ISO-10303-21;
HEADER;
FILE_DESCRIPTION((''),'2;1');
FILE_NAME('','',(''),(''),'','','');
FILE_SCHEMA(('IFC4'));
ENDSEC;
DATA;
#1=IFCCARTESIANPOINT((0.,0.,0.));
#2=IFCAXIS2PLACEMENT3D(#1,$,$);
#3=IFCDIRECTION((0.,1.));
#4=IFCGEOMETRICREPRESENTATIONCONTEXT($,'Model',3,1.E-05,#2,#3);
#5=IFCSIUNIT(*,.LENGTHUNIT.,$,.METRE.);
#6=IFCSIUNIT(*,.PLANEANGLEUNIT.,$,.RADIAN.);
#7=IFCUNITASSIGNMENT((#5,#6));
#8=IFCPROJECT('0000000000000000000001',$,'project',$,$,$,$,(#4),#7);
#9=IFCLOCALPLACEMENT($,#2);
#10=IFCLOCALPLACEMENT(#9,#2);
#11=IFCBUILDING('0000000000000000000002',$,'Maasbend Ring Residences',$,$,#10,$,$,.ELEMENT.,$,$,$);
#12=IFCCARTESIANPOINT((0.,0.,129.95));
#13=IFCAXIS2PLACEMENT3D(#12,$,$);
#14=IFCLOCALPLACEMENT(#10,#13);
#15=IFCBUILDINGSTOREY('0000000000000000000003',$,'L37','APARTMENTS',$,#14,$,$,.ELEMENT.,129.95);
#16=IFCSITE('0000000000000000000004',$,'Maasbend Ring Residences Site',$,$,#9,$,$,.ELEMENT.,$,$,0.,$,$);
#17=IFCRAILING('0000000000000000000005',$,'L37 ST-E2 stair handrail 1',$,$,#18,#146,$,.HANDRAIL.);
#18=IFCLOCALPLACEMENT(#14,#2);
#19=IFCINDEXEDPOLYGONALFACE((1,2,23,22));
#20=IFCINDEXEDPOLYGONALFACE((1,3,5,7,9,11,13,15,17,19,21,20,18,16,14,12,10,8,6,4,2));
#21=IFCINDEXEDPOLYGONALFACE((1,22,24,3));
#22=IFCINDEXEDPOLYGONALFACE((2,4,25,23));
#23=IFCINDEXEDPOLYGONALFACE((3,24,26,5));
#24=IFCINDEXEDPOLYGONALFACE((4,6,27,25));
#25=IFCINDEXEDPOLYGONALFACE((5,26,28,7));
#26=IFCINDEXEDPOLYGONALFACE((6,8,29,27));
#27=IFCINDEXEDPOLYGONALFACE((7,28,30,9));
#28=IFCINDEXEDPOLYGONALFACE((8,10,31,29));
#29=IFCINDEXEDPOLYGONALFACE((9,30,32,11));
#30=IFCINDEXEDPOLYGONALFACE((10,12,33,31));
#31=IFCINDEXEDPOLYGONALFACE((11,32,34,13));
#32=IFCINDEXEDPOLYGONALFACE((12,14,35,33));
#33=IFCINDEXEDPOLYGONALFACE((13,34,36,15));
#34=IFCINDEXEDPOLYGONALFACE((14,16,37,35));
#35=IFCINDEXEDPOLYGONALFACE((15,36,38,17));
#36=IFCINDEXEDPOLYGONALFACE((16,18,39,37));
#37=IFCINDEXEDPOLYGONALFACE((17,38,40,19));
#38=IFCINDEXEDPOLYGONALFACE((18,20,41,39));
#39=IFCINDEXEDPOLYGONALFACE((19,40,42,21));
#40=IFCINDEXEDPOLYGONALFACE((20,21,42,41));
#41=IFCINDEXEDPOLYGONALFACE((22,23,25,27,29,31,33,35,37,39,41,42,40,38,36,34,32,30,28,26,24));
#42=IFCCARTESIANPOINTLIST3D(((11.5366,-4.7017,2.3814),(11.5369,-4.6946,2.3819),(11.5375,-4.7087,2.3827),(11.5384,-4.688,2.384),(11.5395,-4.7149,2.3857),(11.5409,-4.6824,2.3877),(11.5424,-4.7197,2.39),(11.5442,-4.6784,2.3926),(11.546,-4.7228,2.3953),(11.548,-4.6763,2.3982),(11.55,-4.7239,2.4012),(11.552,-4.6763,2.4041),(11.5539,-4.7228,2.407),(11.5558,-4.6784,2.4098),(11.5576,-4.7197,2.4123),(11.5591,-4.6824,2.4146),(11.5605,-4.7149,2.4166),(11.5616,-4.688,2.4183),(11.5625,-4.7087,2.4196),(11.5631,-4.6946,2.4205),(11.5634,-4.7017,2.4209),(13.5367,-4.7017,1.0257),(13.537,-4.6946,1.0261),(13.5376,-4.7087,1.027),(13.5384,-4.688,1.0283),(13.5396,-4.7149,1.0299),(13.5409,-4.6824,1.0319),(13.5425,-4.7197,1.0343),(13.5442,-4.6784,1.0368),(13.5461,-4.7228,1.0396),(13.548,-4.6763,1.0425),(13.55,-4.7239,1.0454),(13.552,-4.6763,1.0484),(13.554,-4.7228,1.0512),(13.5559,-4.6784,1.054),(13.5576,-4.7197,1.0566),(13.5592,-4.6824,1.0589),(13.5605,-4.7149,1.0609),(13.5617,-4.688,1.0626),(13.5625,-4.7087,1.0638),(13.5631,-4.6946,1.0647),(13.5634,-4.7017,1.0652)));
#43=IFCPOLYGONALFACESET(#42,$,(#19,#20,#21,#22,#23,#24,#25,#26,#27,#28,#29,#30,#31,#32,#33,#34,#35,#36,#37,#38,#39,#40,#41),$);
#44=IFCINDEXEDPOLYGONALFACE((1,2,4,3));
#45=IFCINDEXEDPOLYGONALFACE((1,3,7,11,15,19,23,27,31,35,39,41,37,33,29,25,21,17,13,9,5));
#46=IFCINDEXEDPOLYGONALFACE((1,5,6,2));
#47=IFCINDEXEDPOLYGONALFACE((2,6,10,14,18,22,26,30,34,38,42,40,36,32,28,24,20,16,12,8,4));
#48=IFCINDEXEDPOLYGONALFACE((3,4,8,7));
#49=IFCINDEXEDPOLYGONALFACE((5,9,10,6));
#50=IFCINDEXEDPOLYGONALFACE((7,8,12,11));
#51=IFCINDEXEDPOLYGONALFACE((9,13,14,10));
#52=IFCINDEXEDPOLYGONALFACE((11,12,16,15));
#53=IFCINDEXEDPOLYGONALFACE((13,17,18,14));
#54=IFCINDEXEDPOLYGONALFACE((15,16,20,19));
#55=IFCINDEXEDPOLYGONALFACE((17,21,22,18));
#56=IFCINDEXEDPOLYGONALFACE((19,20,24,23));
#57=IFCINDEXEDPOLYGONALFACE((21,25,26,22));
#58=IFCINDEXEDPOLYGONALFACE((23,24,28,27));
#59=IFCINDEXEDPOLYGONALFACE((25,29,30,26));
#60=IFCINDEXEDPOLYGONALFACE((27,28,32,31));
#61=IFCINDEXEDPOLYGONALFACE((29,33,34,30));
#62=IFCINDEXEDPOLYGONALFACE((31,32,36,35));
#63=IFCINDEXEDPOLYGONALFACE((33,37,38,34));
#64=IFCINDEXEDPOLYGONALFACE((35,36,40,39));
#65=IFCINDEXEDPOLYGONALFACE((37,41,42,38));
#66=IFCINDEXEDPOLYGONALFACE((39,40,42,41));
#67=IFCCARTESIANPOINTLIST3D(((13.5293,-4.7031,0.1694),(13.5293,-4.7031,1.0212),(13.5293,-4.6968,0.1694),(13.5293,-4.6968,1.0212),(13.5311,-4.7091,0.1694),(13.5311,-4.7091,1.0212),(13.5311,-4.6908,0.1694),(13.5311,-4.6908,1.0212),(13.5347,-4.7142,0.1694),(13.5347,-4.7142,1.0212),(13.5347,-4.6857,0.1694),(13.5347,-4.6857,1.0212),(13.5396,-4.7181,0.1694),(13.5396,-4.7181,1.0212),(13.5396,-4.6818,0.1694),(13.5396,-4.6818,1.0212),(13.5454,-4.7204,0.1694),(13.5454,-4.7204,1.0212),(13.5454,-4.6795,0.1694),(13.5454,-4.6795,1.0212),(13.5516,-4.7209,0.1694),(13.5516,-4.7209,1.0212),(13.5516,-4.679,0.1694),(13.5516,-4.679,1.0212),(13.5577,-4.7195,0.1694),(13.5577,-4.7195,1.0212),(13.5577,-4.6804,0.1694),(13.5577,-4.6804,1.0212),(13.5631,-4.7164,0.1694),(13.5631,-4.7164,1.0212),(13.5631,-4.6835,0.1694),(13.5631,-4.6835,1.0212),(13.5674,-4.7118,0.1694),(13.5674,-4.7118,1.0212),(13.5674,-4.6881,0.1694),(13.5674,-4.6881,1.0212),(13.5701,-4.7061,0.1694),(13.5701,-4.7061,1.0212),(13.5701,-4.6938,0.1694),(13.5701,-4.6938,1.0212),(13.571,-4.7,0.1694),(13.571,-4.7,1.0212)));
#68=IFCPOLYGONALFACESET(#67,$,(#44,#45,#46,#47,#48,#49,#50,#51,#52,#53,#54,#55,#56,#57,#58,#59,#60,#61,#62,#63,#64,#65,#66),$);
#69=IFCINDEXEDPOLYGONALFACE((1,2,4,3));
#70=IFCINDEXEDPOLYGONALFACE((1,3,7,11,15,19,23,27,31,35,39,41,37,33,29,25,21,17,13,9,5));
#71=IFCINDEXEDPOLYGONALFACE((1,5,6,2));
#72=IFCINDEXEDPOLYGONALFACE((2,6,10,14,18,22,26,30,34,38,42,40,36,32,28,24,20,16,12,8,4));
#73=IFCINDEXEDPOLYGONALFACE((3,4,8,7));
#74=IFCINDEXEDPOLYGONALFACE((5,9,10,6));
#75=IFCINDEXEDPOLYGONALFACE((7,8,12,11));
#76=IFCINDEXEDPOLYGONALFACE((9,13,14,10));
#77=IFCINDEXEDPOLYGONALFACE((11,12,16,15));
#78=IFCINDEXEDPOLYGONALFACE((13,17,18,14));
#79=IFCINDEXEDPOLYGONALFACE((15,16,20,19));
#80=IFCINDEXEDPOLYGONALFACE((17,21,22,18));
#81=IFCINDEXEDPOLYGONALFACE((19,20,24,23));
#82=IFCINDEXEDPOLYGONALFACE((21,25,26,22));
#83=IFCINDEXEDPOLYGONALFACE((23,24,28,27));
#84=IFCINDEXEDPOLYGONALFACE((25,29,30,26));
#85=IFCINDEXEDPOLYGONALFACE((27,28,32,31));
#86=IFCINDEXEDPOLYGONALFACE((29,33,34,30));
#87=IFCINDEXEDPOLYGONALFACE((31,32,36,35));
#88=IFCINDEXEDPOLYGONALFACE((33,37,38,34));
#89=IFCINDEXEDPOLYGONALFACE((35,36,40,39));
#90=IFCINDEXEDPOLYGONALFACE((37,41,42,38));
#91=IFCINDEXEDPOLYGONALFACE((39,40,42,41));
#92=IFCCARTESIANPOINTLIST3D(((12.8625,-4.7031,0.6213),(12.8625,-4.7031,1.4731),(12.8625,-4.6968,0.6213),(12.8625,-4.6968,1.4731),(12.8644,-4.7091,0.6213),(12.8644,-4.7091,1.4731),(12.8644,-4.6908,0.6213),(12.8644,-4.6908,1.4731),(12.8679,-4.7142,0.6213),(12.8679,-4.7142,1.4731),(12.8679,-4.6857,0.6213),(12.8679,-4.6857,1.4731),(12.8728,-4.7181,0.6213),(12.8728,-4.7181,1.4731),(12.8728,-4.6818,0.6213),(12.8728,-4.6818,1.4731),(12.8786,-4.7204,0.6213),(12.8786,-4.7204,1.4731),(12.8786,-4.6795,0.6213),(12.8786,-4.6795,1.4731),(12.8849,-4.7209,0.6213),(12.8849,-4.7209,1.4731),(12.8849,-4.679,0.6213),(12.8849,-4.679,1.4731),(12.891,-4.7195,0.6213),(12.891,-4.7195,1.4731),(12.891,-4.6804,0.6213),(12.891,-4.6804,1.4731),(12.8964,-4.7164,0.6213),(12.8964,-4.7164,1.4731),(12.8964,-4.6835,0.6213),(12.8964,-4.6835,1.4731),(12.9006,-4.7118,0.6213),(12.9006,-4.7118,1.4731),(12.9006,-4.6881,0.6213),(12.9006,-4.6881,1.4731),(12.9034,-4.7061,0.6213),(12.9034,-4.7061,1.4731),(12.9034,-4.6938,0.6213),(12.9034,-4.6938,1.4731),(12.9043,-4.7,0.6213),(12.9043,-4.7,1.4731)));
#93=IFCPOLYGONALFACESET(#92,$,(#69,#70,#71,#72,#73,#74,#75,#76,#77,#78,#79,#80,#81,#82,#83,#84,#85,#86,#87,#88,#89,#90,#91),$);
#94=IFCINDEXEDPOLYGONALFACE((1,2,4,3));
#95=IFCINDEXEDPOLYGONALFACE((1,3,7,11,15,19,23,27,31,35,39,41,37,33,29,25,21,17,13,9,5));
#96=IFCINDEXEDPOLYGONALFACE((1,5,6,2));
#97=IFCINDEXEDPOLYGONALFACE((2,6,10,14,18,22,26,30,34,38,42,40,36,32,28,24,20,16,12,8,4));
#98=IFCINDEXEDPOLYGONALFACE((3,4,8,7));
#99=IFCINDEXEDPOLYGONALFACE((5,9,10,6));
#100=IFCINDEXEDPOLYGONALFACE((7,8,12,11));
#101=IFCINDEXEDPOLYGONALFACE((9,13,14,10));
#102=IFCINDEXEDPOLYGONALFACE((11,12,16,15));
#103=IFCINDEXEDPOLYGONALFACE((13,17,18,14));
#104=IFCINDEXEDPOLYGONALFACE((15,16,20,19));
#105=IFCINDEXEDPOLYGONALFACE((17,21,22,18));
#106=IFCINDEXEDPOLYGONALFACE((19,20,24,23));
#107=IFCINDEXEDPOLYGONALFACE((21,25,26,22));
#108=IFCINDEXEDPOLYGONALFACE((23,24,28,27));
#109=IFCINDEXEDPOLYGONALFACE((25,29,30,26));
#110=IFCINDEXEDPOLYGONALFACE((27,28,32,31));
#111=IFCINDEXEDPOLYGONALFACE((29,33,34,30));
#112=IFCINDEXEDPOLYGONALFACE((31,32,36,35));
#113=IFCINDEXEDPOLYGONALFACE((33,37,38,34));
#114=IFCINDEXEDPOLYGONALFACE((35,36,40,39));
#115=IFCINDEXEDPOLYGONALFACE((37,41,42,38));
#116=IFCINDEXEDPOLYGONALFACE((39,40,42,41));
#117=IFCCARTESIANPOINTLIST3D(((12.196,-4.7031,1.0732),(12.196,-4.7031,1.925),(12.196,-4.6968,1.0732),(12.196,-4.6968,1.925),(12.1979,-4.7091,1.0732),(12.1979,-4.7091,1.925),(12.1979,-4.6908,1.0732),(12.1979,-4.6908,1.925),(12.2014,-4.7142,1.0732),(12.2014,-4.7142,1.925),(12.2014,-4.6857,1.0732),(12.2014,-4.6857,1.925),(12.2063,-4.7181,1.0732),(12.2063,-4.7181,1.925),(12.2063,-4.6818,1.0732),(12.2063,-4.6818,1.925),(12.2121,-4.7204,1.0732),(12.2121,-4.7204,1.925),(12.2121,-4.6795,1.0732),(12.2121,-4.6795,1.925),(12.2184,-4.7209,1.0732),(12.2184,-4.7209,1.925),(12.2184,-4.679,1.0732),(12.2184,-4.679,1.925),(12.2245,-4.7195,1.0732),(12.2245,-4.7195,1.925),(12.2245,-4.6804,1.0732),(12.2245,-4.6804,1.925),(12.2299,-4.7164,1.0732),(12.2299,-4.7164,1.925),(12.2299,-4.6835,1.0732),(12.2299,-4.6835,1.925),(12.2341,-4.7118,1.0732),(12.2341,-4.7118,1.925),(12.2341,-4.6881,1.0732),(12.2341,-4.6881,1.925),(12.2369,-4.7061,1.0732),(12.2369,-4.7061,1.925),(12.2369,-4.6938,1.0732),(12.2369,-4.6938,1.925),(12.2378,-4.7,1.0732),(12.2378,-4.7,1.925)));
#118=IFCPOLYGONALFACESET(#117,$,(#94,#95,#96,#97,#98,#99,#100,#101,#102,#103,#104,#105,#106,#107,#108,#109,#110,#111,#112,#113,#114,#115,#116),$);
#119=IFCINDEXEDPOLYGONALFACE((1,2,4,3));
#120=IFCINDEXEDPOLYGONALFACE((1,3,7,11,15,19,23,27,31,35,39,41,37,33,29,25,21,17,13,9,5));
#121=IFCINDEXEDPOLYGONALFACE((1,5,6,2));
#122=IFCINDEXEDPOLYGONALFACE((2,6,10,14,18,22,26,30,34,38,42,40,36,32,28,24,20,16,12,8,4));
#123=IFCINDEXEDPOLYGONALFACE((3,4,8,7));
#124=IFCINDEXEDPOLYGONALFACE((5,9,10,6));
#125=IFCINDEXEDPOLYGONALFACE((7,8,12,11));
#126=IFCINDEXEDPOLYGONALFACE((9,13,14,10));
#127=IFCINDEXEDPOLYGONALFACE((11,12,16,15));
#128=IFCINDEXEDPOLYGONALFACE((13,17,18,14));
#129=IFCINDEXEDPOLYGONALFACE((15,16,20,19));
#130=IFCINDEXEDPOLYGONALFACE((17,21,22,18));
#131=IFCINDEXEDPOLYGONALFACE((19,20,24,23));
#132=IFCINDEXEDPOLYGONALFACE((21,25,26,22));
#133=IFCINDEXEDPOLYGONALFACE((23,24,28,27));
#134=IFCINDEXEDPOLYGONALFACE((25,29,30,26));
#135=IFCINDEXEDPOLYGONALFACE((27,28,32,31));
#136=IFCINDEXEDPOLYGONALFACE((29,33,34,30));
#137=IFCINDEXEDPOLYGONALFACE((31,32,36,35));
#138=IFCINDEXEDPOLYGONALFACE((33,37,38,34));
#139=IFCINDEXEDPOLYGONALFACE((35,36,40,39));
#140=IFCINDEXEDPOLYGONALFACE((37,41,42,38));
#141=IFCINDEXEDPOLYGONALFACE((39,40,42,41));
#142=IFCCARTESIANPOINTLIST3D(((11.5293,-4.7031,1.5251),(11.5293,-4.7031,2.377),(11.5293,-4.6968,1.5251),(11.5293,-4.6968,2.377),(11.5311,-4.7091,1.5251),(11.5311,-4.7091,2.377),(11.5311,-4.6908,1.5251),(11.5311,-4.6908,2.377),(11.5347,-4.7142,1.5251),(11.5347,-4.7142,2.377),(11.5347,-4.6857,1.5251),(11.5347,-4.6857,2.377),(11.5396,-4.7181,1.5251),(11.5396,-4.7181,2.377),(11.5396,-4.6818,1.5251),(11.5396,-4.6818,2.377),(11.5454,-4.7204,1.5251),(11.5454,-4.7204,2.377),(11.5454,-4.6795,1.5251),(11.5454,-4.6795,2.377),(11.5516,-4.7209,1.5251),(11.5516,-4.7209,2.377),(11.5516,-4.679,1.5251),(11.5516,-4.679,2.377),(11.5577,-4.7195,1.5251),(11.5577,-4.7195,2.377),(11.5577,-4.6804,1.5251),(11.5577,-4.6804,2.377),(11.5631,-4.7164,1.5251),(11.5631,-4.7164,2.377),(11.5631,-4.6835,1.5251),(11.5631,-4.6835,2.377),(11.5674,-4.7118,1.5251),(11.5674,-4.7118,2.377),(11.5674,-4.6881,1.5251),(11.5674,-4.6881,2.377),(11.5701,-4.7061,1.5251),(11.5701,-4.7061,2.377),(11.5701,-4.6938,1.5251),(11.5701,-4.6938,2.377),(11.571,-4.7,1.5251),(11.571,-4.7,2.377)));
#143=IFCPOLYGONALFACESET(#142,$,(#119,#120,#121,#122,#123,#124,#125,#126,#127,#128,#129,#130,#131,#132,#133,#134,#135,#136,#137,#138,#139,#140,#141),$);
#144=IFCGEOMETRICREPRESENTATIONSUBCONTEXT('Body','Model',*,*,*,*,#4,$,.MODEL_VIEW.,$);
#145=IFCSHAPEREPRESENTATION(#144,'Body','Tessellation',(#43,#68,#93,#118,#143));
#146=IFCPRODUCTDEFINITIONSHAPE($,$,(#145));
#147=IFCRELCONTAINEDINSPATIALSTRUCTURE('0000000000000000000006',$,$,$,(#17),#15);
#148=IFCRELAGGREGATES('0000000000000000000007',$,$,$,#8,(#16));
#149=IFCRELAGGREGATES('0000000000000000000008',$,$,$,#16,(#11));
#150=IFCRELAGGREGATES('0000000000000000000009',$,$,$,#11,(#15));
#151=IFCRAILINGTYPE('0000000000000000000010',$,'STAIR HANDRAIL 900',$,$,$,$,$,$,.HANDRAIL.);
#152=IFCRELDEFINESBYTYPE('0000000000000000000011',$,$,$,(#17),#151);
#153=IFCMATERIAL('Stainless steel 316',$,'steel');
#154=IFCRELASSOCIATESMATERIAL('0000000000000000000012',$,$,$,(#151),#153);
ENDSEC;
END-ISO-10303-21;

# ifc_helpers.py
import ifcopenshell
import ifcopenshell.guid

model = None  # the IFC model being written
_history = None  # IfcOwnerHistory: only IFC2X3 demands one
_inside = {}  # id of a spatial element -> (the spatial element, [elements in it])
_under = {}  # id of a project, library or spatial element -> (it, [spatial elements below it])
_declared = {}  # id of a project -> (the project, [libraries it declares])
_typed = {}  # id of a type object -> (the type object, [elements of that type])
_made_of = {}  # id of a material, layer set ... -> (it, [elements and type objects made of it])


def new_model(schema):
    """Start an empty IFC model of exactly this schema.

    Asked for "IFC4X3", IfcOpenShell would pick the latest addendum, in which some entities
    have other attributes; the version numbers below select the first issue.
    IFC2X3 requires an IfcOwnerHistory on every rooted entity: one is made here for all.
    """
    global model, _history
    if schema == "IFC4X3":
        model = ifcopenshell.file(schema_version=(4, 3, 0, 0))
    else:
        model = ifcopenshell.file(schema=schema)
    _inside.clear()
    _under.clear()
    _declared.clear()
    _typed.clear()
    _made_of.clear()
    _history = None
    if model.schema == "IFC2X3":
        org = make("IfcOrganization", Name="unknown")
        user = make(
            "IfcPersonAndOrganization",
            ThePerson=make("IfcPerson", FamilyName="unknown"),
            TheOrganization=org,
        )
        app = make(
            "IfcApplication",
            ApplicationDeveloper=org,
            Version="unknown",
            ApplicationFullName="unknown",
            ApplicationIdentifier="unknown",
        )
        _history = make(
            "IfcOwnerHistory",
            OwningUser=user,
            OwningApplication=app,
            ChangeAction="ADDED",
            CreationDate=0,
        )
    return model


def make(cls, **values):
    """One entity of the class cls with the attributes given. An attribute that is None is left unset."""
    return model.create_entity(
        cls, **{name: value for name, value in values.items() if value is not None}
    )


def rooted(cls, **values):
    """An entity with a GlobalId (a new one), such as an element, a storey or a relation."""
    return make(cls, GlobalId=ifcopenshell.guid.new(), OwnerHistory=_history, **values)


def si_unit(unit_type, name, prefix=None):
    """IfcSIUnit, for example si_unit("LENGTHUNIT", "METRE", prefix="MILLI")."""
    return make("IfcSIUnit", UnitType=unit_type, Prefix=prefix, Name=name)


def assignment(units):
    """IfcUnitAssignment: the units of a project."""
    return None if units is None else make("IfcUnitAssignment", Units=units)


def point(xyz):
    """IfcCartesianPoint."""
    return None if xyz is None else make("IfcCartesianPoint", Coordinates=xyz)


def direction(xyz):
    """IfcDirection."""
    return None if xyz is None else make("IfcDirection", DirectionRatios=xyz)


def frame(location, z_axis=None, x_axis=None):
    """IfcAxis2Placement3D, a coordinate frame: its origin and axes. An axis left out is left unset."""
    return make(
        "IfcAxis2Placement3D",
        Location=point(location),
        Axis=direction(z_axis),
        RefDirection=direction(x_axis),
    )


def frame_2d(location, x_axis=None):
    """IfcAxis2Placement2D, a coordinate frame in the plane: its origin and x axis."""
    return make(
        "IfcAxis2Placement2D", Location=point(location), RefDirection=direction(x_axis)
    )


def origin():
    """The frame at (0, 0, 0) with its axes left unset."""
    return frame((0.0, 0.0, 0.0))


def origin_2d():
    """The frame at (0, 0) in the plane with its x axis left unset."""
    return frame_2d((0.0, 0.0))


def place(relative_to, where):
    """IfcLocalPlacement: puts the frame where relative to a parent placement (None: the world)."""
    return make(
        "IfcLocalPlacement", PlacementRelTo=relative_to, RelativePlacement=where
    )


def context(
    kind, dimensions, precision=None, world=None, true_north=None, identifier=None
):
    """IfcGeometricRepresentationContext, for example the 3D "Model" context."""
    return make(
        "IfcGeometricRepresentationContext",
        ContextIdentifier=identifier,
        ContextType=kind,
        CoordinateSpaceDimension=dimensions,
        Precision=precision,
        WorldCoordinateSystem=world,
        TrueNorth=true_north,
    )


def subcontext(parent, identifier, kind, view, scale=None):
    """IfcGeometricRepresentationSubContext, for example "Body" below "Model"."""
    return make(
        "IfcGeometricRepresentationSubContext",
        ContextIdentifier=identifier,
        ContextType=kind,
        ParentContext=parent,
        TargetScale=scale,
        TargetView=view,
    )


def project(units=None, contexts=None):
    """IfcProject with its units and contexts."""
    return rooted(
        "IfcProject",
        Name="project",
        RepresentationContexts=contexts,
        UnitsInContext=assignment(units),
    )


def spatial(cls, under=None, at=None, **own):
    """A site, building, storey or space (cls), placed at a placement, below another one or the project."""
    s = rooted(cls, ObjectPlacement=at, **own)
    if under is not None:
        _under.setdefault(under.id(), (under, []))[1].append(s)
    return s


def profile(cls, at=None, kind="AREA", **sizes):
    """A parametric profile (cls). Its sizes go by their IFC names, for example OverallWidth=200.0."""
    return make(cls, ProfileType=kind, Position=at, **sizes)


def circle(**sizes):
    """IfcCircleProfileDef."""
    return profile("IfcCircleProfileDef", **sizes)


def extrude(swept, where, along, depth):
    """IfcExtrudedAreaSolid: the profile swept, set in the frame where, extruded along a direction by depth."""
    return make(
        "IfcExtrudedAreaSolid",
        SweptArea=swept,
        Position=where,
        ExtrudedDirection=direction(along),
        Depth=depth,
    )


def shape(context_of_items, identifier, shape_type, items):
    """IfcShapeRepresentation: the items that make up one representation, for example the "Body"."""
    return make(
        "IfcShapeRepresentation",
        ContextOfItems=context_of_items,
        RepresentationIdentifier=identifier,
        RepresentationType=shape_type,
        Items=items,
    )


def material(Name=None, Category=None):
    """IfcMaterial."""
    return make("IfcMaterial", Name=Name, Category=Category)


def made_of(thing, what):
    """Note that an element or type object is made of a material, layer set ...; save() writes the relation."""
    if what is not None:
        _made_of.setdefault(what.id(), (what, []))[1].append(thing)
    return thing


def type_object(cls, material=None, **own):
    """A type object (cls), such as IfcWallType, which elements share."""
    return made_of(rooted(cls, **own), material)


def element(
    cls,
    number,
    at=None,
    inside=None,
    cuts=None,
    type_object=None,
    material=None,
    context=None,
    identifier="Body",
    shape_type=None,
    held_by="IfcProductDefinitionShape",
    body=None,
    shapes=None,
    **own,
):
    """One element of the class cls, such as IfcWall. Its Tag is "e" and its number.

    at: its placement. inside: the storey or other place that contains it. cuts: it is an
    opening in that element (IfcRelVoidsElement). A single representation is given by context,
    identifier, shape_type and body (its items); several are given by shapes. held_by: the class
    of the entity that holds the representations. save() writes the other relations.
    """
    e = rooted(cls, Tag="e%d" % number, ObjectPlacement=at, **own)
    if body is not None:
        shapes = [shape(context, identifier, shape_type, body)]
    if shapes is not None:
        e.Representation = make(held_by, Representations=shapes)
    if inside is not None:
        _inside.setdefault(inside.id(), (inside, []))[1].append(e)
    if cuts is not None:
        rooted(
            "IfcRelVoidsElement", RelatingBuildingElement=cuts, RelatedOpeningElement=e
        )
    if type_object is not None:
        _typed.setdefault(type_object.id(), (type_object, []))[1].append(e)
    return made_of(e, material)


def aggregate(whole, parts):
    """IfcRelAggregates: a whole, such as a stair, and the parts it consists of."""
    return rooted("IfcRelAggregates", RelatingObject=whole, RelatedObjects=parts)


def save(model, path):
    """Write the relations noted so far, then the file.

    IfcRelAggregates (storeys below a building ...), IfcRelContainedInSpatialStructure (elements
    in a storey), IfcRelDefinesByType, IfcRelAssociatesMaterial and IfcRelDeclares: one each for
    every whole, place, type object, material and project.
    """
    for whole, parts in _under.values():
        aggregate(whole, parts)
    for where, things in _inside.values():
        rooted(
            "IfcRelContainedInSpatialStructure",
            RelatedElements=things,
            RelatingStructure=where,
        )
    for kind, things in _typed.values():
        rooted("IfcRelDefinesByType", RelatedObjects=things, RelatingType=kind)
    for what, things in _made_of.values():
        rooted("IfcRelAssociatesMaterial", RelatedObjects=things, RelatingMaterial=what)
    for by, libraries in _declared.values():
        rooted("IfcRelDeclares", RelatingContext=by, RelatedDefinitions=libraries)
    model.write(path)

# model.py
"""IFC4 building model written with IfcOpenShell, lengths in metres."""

from ifc_helpers import new_model, si_unit, direction, frame, origin, origin_2d, place, context, subcontext, project, spatial, circle, extrude, material, type_object, element, save


model = new_model("IFC4")

# Units and contexts
model_context = context("Model", 3, precision=1e-05, world=origin(), true_north=direction((0.0, 1.0)))
body_context = subcontext(model_context, "Body", "Model", "MODEL_VIEW")
ifc_project = project(units=[si_unit("LENGTHUNIT", "METRE"), si_unit("PLANEANGLEUNIT", "RADIAN")], contexts=[model_context])

# Site, building, storey
site_placement = place(None, origin())
site = spatial("IfcSite", under=ifc_project, at=site_placement, Name="Maasbend Ring Residences Site", CompositionType="ELEMENT", RefElevation=0.0)
building_placement = place(site_placement, origin())
building = spatial("IfcBuilding", under=site, at=building_placement, Name="Maasbend Ring Residences", CompositionType="ELEMENT")
storey_placement = place(building_placement, frame((0.0, 0.0, 129.95)))
storey = spatial("IfcBuildingStorey", under=building, at=storey_placement, Name="L37", Description="APARTMENTS", CompositionType="ELEMENT", Elevation=129.95)

# Railing
ifc_material_1 = material(Name="Stainless steel 316", Category="steel")
railing_type = type_object("IfcRailingType", Name="STAIR HANDRAIL 900", PredefinedType="HANDRAIL", material=ifc_material_1)
railing_1_placement = place(storey_placement, frame((13.55, -4.7, 0.1694)))
element("IfcRailing", 1, at=railing_1_placement, inside=storey, type_object=railing_type, Name="L37 ST-E2 stair handrail 1", PredefinedType="HANDRAIL", context=body_context, shape_type="SweptSolid", body=[
    extrude(circle(Radius=0.0239, at=origin_2d()), frame((0.0, 0.0, 0.876), z_axis=(-0.827751, 0.0, 0.561096), x_axis=(0.0, -1.0, 0.0)), (0.0, 0.0, 1.0), 2.4163),
    extrude(circle(Radius=0.021, at=origin_2d()), origin(), (0.0, 0.0, 1.0), 0.8518),
    extrude(circle(Radius=0.021, at=origin_2d()), frame((-0.6667, 0.0, 0.4519)), (0.0, 0.0, 1.0), 0.8518),
    extrude(circle(Radius=0.021, at=origin_2d()), frame((-1.3333, 0.0, 0.9038)), (0.0, 0.0, 1.0), 0.8518),
    extrude(circle(Radius=0.021, at=origin_2d()), frame((-2.0, 0.0, 1.3557)), (0.0, 0.0, 1.0), 0.8518),
])

save(model, "model.ifc")
